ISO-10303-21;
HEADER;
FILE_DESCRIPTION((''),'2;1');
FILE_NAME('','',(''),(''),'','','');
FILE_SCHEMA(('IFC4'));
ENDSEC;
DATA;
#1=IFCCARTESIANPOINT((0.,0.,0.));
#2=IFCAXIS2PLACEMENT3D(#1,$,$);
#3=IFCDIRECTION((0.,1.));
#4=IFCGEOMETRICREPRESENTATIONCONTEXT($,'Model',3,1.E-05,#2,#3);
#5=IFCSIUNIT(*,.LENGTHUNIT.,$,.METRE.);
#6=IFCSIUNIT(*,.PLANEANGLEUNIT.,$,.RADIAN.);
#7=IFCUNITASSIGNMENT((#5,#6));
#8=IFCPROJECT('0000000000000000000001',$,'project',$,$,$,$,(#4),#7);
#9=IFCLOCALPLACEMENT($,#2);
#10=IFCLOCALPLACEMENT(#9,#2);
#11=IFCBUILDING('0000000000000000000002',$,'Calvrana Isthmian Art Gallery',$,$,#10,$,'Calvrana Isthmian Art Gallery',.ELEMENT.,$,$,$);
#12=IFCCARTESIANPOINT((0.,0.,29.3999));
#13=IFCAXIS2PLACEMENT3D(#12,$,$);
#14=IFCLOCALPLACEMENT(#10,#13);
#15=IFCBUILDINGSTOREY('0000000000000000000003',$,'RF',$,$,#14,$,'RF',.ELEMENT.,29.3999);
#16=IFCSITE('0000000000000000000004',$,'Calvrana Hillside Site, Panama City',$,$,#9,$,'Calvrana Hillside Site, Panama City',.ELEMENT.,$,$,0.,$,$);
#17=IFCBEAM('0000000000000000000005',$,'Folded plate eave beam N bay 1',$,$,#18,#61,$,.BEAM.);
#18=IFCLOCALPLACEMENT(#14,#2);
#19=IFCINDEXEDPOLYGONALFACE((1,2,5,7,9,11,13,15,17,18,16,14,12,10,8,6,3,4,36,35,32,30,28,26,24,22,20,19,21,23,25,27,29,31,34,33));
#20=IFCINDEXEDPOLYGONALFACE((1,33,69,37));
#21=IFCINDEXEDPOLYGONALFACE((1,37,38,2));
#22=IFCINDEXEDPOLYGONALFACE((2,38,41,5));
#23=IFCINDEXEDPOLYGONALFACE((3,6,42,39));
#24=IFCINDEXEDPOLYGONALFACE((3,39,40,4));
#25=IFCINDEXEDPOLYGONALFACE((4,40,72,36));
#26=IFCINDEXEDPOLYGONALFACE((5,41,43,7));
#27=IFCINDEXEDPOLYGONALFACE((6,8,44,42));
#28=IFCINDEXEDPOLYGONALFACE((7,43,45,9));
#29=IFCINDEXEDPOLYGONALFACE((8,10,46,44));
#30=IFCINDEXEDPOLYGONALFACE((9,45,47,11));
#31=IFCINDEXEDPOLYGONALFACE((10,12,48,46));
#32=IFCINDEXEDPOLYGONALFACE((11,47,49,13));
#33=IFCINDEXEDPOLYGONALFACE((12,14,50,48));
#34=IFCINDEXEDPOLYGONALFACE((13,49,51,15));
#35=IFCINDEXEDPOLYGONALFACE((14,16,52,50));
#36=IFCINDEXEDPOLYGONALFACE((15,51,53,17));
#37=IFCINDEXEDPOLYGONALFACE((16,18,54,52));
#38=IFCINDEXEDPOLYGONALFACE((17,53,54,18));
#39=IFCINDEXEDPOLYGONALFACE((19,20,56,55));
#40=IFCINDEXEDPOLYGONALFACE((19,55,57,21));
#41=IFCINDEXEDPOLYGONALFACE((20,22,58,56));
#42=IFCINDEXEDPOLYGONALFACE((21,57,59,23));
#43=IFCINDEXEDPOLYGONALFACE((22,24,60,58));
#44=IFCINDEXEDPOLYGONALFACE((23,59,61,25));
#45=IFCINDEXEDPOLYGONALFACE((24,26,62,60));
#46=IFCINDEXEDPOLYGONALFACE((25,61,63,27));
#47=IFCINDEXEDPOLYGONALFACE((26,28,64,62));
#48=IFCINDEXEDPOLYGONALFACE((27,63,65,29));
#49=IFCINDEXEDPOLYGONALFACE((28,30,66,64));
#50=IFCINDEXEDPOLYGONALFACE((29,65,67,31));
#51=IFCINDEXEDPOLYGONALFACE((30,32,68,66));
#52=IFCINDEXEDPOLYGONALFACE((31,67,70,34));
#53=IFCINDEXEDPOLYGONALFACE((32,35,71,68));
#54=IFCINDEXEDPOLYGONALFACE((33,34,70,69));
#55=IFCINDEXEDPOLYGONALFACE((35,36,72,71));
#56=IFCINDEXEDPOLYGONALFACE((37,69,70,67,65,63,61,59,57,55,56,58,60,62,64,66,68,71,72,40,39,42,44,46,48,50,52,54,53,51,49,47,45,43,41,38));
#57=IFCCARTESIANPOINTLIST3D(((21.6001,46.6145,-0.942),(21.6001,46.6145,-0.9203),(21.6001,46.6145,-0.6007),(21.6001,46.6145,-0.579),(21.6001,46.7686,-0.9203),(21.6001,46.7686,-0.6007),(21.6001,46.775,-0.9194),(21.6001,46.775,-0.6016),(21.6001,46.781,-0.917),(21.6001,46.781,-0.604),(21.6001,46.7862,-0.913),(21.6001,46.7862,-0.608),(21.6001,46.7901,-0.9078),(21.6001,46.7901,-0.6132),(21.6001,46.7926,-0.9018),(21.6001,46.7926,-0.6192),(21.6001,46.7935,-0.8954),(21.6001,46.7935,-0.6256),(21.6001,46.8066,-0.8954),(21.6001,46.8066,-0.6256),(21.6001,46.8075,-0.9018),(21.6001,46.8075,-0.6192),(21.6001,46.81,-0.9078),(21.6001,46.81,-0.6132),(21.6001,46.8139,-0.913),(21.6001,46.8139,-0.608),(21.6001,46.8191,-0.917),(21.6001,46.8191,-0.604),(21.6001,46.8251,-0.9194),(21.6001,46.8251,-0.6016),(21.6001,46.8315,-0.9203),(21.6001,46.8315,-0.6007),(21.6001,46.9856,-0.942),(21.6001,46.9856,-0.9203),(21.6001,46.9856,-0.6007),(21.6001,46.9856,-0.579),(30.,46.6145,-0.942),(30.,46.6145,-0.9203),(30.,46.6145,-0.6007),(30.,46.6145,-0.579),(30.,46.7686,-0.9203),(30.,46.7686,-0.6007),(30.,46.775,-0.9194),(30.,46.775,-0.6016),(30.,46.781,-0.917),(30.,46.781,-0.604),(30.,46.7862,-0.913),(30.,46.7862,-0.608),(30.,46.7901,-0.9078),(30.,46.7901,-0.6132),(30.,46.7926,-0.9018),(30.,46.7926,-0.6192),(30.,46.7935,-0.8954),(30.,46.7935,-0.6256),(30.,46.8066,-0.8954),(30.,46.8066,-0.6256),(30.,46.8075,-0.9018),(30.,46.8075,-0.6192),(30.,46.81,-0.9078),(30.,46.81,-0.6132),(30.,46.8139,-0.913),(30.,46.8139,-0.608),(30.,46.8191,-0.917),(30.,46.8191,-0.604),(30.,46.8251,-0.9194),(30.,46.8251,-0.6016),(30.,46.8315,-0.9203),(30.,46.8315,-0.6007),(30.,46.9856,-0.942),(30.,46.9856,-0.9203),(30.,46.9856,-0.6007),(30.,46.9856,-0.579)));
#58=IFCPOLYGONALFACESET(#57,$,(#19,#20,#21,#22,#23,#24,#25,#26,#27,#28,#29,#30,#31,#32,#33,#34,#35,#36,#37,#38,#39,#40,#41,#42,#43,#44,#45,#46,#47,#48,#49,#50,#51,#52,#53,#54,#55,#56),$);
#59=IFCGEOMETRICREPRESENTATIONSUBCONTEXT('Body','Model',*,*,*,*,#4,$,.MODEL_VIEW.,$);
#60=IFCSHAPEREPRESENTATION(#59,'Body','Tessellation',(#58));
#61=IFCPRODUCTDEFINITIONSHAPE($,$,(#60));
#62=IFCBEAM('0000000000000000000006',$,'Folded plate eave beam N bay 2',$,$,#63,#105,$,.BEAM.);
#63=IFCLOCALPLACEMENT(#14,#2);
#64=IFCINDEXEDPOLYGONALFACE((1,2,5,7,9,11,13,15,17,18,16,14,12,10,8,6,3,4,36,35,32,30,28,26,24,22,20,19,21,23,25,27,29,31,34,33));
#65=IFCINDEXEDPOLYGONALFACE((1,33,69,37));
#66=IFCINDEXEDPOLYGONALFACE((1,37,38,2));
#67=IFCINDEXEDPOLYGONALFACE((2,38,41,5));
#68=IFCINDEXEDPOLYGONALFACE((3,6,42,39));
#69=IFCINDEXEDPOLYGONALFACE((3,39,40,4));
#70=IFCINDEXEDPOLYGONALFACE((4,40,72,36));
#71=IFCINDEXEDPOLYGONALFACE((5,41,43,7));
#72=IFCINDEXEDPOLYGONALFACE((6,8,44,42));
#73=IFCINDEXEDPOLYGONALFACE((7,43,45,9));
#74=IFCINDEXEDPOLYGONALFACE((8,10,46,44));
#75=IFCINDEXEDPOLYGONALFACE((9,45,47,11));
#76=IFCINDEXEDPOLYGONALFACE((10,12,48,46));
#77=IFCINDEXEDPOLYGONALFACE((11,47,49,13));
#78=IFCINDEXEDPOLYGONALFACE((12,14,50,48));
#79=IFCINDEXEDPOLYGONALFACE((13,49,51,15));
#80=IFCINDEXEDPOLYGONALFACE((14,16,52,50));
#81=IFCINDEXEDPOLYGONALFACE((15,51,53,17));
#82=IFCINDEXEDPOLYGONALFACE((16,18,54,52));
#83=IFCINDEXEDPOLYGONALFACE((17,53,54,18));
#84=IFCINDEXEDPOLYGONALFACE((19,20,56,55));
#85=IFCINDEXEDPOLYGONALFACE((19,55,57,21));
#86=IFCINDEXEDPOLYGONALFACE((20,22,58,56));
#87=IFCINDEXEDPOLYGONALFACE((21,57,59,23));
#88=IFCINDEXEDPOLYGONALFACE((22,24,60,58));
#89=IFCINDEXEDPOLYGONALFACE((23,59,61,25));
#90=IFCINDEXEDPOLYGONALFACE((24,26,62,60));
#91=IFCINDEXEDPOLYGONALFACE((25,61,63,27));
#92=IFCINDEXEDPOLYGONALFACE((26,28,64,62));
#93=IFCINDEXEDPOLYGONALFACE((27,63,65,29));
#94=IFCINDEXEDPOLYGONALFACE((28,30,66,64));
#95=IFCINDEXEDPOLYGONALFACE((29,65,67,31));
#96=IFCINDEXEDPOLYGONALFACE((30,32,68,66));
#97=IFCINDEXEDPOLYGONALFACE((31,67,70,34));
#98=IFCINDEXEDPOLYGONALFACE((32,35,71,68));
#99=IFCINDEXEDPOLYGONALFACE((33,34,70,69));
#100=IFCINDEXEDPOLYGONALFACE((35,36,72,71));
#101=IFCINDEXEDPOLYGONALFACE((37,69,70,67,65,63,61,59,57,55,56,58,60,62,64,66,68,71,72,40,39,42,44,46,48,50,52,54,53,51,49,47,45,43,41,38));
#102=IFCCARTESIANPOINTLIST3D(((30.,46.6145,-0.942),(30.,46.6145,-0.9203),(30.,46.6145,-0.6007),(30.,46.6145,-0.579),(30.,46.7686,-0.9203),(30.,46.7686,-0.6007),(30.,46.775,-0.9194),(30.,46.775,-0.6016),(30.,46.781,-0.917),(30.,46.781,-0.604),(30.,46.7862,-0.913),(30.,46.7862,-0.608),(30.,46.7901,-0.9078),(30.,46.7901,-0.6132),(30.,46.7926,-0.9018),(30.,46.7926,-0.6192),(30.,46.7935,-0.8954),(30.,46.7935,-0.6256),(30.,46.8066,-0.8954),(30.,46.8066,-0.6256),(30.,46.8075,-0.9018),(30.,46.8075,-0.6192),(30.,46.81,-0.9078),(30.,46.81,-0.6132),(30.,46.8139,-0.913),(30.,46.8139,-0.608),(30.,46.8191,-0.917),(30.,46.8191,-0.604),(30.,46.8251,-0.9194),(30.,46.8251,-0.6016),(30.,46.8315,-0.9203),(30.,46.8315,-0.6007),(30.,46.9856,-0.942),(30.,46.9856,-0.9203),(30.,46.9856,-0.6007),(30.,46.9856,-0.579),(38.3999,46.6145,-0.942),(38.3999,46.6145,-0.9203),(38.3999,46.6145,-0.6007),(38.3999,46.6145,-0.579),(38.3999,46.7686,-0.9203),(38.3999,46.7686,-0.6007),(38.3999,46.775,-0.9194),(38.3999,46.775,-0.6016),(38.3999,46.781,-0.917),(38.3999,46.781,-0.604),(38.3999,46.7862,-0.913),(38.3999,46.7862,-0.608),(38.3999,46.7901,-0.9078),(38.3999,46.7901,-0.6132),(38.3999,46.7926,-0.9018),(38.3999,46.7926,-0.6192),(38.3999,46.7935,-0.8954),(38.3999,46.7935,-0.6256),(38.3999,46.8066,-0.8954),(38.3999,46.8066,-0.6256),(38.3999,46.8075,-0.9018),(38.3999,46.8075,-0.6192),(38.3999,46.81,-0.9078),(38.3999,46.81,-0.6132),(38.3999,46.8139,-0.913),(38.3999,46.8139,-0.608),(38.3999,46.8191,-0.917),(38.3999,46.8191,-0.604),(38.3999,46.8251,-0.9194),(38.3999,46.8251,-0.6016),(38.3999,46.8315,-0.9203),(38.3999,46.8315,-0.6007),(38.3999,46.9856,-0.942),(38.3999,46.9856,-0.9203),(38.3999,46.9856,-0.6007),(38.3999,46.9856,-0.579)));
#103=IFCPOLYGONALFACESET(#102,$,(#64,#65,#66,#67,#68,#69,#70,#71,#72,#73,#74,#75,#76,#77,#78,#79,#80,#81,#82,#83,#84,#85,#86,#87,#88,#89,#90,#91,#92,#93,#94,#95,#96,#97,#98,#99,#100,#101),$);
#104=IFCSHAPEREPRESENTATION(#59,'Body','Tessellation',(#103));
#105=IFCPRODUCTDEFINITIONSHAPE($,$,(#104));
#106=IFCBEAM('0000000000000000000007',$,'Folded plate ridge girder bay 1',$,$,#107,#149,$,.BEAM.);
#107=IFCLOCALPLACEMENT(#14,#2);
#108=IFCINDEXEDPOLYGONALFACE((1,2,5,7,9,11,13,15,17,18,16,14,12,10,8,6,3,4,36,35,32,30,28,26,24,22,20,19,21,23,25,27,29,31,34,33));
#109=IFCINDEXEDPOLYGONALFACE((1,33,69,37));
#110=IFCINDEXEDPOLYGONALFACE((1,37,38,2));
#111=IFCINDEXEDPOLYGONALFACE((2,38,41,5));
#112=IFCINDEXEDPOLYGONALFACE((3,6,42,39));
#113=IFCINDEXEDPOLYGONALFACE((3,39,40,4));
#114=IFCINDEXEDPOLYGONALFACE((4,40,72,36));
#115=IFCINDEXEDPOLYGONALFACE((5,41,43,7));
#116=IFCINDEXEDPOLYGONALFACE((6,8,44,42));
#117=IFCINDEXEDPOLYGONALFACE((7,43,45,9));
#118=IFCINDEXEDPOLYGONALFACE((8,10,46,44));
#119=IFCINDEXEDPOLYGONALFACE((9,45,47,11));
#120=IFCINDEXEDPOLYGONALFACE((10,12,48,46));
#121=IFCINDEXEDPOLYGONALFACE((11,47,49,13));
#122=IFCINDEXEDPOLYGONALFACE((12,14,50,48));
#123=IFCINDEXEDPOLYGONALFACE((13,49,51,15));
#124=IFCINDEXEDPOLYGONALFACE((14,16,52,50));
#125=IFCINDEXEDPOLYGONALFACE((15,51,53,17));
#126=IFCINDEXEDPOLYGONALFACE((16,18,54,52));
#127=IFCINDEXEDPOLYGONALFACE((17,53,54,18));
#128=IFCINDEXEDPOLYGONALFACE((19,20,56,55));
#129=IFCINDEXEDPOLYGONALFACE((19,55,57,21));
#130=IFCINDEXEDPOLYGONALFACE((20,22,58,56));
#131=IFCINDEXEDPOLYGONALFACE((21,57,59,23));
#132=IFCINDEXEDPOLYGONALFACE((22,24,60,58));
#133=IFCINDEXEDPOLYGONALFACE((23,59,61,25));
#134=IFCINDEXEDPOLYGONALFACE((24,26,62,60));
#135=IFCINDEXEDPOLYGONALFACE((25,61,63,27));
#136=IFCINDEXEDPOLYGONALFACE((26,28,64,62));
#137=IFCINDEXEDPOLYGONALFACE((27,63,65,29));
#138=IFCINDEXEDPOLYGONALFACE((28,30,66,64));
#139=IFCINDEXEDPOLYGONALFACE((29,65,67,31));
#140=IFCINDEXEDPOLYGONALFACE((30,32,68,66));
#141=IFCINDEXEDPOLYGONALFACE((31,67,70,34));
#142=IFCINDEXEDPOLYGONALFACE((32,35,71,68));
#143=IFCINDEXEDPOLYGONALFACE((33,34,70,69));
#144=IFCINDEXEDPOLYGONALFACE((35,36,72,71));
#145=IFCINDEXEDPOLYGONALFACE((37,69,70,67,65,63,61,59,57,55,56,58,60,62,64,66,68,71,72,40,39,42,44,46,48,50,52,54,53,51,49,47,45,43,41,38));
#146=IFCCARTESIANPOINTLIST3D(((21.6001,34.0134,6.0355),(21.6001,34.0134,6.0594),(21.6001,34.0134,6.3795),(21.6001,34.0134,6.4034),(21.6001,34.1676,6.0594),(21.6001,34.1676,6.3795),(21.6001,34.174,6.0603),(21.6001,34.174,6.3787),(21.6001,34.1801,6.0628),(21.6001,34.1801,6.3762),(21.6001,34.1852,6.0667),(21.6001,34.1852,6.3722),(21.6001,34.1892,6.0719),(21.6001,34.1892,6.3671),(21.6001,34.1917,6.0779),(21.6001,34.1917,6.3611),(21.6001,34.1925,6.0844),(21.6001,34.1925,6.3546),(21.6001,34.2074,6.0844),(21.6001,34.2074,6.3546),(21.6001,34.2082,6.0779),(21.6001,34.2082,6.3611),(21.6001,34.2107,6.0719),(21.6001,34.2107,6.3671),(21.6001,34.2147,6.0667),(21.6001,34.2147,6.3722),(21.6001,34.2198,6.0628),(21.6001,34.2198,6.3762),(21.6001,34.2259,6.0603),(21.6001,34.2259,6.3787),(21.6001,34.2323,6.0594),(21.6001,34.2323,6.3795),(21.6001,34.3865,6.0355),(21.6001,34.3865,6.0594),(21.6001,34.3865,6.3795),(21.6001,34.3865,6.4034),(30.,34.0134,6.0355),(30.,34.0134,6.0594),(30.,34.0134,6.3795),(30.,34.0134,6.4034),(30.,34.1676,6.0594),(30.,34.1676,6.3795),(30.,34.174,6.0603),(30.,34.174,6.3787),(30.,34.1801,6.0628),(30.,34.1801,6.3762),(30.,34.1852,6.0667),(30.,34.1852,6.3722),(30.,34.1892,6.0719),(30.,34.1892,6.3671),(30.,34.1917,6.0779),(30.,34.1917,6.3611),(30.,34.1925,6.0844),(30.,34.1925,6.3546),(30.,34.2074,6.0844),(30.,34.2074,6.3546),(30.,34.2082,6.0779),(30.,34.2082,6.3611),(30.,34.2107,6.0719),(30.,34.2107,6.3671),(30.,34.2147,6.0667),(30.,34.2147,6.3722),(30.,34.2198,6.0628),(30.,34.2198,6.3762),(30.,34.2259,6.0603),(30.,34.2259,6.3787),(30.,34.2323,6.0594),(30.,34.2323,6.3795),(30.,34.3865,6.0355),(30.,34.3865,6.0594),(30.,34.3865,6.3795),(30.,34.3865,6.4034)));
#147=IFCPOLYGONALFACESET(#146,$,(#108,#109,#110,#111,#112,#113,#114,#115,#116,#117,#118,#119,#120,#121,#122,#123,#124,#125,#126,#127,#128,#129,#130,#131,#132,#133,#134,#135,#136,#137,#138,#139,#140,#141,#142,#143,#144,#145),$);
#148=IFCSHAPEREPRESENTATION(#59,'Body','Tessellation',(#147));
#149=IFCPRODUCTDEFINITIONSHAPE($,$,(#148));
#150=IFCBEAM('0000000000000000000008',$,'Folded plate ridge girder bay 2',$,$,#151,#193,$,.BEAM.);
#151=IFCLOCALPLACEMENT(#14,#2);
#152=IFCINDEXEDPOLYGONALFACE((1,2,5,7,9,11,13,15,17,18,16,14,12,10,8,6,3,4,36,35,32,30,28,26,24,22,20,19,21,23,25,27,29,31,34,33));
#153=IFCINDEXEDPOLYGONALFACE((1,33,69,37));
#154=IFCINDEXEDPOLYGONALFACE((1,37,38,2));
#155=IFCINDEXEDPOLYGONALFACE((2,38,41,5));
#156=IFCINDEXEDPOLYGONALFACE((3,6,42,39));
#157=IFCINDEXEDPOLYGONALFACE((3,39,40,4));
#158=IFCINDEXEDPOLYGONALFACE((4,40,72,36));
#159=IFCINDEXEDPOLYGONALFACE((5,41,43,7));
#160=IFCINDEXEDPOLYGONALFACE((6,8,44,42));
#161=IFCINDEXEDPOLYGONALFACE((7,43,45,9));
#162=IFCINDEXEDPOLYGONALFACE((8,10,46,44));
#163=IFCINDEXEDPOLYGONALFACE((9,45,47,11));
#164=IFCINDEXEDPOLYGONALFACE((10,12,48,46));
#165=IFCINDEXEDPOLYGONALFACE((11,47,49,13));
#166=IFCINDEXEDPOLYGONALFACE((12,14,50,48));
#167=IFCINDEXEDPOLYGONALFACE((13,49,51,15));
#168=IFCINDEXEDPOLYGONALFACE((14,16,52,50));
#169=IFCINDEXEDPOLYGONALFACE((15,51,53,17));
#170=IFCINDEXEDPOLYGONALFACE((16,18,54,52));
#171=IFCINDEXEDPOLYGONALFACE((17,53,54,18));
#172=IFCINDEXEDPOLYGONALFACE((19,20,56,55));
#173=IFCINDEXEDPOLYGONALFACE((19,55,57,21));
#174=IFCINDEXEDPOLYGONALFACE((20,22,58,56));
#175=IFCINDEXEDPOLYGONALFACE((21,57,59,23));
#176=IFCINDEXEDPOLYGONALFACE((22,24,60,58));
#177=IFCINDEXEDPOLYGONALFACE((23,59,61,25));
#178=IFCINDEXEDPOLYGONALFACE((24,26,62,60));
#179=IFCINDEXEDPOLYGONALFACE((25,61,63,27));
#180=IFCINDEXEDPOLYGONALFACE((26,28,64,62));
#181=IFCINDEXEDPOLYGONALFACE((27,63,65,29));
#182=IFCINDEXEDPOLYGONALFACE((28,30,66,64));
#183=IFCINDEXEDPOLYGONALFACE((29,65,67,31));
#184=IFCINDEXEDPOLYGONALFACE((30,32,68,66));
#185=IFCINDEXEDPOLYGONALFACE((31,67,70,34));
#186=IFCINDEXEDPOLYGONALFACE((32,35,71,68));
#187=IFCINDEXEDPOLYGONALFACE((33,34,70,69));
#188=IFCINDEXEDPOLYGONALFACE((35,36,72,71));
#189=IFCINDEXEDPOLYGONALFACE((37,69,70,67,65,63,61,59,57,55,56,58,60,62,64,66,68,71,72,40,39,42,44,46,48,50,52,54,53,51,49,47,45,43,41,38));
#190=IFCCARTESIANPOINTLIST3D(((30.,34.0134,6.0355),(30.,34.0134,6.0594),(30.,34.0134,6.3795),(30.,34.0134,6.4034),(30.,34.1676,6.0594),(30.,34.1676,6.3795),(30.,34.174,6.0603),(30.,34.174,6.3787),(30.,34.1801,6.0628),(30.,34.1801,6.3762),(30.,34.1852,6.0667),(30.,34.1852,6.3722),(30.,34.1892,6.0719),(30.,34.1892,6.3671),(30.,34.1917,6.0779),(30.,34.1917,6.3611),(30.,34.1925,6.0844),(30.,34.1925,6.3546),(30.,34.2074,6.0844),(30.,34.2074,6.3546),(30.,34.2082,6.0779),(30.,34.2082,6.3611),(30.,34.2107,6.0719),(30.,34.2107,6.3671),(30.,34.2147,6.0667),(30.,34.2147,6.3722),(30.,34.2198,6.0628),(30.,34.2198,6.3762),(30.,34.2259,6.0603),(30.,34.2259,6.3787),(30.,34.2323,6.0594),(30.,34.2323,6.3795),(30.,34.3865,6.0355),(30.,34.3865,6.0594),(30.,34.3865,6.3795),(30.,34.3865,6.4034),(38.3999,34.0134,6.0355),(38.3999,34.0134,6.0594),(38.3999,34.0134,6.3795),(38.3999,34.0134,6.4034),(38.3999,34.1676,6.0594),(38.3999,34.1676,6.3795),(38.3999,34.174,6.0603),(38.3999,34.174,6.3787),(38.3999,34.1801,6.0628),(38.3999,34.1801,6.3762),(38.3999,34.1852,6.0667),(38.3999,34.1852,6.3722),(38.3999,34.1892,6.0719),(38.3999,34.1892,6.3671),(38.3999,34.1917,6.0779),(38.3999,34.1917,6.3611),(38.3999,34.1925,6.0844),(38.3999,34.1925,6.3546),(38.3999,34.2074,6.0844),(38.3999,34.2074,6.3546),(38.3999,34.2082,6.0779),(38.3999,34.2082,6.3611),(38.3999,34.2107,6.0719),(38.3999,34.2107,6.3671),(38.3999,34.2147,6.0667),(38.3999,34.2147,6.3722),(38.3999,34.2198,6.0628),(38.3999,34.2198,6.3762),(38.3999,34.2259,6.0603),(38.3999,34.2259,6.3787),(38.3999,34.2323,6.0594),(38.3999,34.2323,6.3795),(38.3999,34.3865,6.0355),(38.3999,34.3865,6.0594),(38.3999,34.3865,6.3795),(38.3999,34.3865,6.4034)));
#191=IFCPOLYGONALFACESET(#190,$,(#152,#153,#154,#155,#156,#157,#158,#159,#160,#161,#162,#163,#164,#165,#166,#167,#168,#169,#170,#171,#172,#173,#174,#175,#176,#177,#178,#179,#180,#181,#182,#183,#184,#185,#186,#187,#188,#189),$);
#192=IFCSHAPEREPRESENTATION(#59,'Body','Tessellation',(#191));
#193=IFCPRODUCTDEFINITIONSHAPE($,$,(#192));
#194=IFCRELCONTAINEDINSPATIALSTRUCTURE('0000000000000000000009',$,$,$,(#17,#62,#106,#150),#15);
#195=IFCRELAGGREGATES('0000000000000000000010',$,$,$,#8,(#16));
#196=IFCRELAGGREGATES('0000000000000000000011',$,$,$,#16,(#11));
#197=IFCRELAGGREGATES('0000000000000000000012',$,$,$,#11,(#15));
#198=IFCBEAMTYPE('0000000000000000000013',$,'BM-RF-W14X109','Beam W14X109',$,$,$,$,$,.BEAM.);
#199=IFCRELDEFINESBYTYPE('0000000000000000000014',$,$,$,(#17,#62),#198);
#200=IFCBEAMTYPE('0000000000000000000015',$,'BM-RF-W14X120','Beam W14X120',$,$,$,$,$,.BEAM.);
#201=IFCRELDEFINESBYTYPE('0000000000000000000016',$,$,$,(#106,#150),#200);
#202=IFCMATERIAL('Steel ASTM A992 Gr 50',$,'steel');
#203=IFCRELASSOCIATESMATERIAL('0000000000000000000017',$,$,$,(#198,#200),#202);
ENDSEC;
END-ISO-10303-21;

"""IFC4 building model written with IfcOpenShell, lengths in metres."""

from ifc_helpers import new_model, si_unit, direction, frame, origin, origin_2d, place, context, subcontext, project, spatial, i_section, extrude, material, material_profile, profile_set, type_object, element, save


model = new_model("IFC4")

# Units and contexts
model_context = context("Model", 3, precision=1e-05, world=origin(), true_north=direction((0.0, 1.0)))
body_context = subcontext(model_context, "Body", "Model", "MODEL_VIEW")
ifc_project = project(units=[si_unit("LENGTHUNIT", "METRE"), si_unit("PLANEANGLEUNIT", "RADIAN")], contexts=[model_context])

# Site, building, storey
site_placement = place(None, origin())
site = spatial("IfcSite", under=ifc_project, at=site_placement, Name="Calvrana Hillside Site, Panama City", LongName="Calvrana Hillside Site, Panama City", CompositionType="ELEMENT", RefElevation=0.0)
building_placement = place(site_placement, origin())
building = spatial("IfcBuilding", under=site, at=building_placement, Name="Calvrana Isthmian Art Gallery", LongName="Calvrana Isthmian Art Gallery", CompositionType="ELEMENT")
storey_placement = place(building_placement, frame((0.0, 0.0, 29.3999)))
storey = spatial("IfcBuildingStorey", under=building, at=storey_placement, Name="RF", LongName="RF", CompositionType="ELEMENT", Elevation=29.3999)

# Beams
ifc_material_1 = material(Name="Steel ASTM A992 Gr 50", Category="steel")
ifc_material_profile_1 = material_profile(ifc_material_1, i_section(OverallWidth=0.3711, OverallDepth=0.363, WebThickness=0.0132, FlangeThickness=0.0217, FilletRadius=0.0249, at=origin_2d()), Name="W14X109")
ifc_profile_set_1 = profile_set([ifc_material_profile_1], Name="Steel ASTM A992 Gr 50")
beam_type_1 = type_object("IfcBeamType", Name="BM-RF-W14X109", Description="Beam W14X109", PredefinedType="BEAM", material=ifc_profile_set_1)
for number, where, z_axis, x_axis, name in (
    (1, (21.6001, 46.8, -0.7605), (1.0, 0.0, 0.0), (0.0, 1.0, 0.0), "Folded plate eave beam N bay 1"),
    (2, (30.0, 46.8, -0.7605), (1.0, 0.0, 0.0), (0.0, 1.0, 0.0), "Folded plate eave beam N bay 2"),
):
    element("IfcBeam", number, at=place(storey_placement, frame(where, z_axis=z_axis, x_axis=x_axis)), inside=storey, type_object=beam_type_1, Name=name, PredefinedType="BEAM", context=body_context, shape_type="SweptSolid", body=[
        extrude(i_section(OverallWidth=0.3711, OverallDepth=0.363, WebThickness=0.0132, FlangeThickness=0.0217, FilletRadius=0.0249, at=origin_2d()), origin(), (0.0, 0.0, 1.0), 8.3999),
    ])
ifc_material_profile_2 = material_profile(ifc_material_1, i_section(OverallWidth=0.373, OverallDepth=0.3679, WebThickness=0.0149, FlangeThickness=0.0239, FilletRadius=0.0249, at=origin_2d()), Name="W14X120")
ifc_profile_set_2 = profile_set([ifc_material_profile_2], Name="Steel ASTM A992 Gr 50")
beam_type_2 = type_object("IfcBeamType", Name="BM-RF-W14X120", Description="Beam W14X120", PredefinedType="BEAM", material=ifc_profile_set_2)
for number, where, z_axis, x_axis, name in (
    (3, (21.6001, 34.2, 6.2195), (1.0, 0.0, 0.0), (0.0, 1.0, 0.0), "Folded plate ridge girder bay 1"),
    (4, (30.0, 34.2, 6.2195), (1.0, 0.0, 0.0), (0.0, 1.0, 0.0), "Folded plate ridge girder bay 2"),
):
    element("IfcBeam", number, at=place(storey_placement, frame(where, z_axis=z_axis, x_axis=x_axis)), inside=storey, type_object=beam_type_2, Name=name, PredefinedType="BEAM", context=body_context, shape_type="SweptSolid", body=[
        extrude(i_section(OverallWidth=0.373, OverallDepth=0.3679, WebThickness=0.0149, FlangeThickness=0.0239, FilletRadius=0.0249, at=origin_2d()), origin(), (0.0, 0.0, 1.0), 8.3999),
    ])

save(model, "model.ifc")
